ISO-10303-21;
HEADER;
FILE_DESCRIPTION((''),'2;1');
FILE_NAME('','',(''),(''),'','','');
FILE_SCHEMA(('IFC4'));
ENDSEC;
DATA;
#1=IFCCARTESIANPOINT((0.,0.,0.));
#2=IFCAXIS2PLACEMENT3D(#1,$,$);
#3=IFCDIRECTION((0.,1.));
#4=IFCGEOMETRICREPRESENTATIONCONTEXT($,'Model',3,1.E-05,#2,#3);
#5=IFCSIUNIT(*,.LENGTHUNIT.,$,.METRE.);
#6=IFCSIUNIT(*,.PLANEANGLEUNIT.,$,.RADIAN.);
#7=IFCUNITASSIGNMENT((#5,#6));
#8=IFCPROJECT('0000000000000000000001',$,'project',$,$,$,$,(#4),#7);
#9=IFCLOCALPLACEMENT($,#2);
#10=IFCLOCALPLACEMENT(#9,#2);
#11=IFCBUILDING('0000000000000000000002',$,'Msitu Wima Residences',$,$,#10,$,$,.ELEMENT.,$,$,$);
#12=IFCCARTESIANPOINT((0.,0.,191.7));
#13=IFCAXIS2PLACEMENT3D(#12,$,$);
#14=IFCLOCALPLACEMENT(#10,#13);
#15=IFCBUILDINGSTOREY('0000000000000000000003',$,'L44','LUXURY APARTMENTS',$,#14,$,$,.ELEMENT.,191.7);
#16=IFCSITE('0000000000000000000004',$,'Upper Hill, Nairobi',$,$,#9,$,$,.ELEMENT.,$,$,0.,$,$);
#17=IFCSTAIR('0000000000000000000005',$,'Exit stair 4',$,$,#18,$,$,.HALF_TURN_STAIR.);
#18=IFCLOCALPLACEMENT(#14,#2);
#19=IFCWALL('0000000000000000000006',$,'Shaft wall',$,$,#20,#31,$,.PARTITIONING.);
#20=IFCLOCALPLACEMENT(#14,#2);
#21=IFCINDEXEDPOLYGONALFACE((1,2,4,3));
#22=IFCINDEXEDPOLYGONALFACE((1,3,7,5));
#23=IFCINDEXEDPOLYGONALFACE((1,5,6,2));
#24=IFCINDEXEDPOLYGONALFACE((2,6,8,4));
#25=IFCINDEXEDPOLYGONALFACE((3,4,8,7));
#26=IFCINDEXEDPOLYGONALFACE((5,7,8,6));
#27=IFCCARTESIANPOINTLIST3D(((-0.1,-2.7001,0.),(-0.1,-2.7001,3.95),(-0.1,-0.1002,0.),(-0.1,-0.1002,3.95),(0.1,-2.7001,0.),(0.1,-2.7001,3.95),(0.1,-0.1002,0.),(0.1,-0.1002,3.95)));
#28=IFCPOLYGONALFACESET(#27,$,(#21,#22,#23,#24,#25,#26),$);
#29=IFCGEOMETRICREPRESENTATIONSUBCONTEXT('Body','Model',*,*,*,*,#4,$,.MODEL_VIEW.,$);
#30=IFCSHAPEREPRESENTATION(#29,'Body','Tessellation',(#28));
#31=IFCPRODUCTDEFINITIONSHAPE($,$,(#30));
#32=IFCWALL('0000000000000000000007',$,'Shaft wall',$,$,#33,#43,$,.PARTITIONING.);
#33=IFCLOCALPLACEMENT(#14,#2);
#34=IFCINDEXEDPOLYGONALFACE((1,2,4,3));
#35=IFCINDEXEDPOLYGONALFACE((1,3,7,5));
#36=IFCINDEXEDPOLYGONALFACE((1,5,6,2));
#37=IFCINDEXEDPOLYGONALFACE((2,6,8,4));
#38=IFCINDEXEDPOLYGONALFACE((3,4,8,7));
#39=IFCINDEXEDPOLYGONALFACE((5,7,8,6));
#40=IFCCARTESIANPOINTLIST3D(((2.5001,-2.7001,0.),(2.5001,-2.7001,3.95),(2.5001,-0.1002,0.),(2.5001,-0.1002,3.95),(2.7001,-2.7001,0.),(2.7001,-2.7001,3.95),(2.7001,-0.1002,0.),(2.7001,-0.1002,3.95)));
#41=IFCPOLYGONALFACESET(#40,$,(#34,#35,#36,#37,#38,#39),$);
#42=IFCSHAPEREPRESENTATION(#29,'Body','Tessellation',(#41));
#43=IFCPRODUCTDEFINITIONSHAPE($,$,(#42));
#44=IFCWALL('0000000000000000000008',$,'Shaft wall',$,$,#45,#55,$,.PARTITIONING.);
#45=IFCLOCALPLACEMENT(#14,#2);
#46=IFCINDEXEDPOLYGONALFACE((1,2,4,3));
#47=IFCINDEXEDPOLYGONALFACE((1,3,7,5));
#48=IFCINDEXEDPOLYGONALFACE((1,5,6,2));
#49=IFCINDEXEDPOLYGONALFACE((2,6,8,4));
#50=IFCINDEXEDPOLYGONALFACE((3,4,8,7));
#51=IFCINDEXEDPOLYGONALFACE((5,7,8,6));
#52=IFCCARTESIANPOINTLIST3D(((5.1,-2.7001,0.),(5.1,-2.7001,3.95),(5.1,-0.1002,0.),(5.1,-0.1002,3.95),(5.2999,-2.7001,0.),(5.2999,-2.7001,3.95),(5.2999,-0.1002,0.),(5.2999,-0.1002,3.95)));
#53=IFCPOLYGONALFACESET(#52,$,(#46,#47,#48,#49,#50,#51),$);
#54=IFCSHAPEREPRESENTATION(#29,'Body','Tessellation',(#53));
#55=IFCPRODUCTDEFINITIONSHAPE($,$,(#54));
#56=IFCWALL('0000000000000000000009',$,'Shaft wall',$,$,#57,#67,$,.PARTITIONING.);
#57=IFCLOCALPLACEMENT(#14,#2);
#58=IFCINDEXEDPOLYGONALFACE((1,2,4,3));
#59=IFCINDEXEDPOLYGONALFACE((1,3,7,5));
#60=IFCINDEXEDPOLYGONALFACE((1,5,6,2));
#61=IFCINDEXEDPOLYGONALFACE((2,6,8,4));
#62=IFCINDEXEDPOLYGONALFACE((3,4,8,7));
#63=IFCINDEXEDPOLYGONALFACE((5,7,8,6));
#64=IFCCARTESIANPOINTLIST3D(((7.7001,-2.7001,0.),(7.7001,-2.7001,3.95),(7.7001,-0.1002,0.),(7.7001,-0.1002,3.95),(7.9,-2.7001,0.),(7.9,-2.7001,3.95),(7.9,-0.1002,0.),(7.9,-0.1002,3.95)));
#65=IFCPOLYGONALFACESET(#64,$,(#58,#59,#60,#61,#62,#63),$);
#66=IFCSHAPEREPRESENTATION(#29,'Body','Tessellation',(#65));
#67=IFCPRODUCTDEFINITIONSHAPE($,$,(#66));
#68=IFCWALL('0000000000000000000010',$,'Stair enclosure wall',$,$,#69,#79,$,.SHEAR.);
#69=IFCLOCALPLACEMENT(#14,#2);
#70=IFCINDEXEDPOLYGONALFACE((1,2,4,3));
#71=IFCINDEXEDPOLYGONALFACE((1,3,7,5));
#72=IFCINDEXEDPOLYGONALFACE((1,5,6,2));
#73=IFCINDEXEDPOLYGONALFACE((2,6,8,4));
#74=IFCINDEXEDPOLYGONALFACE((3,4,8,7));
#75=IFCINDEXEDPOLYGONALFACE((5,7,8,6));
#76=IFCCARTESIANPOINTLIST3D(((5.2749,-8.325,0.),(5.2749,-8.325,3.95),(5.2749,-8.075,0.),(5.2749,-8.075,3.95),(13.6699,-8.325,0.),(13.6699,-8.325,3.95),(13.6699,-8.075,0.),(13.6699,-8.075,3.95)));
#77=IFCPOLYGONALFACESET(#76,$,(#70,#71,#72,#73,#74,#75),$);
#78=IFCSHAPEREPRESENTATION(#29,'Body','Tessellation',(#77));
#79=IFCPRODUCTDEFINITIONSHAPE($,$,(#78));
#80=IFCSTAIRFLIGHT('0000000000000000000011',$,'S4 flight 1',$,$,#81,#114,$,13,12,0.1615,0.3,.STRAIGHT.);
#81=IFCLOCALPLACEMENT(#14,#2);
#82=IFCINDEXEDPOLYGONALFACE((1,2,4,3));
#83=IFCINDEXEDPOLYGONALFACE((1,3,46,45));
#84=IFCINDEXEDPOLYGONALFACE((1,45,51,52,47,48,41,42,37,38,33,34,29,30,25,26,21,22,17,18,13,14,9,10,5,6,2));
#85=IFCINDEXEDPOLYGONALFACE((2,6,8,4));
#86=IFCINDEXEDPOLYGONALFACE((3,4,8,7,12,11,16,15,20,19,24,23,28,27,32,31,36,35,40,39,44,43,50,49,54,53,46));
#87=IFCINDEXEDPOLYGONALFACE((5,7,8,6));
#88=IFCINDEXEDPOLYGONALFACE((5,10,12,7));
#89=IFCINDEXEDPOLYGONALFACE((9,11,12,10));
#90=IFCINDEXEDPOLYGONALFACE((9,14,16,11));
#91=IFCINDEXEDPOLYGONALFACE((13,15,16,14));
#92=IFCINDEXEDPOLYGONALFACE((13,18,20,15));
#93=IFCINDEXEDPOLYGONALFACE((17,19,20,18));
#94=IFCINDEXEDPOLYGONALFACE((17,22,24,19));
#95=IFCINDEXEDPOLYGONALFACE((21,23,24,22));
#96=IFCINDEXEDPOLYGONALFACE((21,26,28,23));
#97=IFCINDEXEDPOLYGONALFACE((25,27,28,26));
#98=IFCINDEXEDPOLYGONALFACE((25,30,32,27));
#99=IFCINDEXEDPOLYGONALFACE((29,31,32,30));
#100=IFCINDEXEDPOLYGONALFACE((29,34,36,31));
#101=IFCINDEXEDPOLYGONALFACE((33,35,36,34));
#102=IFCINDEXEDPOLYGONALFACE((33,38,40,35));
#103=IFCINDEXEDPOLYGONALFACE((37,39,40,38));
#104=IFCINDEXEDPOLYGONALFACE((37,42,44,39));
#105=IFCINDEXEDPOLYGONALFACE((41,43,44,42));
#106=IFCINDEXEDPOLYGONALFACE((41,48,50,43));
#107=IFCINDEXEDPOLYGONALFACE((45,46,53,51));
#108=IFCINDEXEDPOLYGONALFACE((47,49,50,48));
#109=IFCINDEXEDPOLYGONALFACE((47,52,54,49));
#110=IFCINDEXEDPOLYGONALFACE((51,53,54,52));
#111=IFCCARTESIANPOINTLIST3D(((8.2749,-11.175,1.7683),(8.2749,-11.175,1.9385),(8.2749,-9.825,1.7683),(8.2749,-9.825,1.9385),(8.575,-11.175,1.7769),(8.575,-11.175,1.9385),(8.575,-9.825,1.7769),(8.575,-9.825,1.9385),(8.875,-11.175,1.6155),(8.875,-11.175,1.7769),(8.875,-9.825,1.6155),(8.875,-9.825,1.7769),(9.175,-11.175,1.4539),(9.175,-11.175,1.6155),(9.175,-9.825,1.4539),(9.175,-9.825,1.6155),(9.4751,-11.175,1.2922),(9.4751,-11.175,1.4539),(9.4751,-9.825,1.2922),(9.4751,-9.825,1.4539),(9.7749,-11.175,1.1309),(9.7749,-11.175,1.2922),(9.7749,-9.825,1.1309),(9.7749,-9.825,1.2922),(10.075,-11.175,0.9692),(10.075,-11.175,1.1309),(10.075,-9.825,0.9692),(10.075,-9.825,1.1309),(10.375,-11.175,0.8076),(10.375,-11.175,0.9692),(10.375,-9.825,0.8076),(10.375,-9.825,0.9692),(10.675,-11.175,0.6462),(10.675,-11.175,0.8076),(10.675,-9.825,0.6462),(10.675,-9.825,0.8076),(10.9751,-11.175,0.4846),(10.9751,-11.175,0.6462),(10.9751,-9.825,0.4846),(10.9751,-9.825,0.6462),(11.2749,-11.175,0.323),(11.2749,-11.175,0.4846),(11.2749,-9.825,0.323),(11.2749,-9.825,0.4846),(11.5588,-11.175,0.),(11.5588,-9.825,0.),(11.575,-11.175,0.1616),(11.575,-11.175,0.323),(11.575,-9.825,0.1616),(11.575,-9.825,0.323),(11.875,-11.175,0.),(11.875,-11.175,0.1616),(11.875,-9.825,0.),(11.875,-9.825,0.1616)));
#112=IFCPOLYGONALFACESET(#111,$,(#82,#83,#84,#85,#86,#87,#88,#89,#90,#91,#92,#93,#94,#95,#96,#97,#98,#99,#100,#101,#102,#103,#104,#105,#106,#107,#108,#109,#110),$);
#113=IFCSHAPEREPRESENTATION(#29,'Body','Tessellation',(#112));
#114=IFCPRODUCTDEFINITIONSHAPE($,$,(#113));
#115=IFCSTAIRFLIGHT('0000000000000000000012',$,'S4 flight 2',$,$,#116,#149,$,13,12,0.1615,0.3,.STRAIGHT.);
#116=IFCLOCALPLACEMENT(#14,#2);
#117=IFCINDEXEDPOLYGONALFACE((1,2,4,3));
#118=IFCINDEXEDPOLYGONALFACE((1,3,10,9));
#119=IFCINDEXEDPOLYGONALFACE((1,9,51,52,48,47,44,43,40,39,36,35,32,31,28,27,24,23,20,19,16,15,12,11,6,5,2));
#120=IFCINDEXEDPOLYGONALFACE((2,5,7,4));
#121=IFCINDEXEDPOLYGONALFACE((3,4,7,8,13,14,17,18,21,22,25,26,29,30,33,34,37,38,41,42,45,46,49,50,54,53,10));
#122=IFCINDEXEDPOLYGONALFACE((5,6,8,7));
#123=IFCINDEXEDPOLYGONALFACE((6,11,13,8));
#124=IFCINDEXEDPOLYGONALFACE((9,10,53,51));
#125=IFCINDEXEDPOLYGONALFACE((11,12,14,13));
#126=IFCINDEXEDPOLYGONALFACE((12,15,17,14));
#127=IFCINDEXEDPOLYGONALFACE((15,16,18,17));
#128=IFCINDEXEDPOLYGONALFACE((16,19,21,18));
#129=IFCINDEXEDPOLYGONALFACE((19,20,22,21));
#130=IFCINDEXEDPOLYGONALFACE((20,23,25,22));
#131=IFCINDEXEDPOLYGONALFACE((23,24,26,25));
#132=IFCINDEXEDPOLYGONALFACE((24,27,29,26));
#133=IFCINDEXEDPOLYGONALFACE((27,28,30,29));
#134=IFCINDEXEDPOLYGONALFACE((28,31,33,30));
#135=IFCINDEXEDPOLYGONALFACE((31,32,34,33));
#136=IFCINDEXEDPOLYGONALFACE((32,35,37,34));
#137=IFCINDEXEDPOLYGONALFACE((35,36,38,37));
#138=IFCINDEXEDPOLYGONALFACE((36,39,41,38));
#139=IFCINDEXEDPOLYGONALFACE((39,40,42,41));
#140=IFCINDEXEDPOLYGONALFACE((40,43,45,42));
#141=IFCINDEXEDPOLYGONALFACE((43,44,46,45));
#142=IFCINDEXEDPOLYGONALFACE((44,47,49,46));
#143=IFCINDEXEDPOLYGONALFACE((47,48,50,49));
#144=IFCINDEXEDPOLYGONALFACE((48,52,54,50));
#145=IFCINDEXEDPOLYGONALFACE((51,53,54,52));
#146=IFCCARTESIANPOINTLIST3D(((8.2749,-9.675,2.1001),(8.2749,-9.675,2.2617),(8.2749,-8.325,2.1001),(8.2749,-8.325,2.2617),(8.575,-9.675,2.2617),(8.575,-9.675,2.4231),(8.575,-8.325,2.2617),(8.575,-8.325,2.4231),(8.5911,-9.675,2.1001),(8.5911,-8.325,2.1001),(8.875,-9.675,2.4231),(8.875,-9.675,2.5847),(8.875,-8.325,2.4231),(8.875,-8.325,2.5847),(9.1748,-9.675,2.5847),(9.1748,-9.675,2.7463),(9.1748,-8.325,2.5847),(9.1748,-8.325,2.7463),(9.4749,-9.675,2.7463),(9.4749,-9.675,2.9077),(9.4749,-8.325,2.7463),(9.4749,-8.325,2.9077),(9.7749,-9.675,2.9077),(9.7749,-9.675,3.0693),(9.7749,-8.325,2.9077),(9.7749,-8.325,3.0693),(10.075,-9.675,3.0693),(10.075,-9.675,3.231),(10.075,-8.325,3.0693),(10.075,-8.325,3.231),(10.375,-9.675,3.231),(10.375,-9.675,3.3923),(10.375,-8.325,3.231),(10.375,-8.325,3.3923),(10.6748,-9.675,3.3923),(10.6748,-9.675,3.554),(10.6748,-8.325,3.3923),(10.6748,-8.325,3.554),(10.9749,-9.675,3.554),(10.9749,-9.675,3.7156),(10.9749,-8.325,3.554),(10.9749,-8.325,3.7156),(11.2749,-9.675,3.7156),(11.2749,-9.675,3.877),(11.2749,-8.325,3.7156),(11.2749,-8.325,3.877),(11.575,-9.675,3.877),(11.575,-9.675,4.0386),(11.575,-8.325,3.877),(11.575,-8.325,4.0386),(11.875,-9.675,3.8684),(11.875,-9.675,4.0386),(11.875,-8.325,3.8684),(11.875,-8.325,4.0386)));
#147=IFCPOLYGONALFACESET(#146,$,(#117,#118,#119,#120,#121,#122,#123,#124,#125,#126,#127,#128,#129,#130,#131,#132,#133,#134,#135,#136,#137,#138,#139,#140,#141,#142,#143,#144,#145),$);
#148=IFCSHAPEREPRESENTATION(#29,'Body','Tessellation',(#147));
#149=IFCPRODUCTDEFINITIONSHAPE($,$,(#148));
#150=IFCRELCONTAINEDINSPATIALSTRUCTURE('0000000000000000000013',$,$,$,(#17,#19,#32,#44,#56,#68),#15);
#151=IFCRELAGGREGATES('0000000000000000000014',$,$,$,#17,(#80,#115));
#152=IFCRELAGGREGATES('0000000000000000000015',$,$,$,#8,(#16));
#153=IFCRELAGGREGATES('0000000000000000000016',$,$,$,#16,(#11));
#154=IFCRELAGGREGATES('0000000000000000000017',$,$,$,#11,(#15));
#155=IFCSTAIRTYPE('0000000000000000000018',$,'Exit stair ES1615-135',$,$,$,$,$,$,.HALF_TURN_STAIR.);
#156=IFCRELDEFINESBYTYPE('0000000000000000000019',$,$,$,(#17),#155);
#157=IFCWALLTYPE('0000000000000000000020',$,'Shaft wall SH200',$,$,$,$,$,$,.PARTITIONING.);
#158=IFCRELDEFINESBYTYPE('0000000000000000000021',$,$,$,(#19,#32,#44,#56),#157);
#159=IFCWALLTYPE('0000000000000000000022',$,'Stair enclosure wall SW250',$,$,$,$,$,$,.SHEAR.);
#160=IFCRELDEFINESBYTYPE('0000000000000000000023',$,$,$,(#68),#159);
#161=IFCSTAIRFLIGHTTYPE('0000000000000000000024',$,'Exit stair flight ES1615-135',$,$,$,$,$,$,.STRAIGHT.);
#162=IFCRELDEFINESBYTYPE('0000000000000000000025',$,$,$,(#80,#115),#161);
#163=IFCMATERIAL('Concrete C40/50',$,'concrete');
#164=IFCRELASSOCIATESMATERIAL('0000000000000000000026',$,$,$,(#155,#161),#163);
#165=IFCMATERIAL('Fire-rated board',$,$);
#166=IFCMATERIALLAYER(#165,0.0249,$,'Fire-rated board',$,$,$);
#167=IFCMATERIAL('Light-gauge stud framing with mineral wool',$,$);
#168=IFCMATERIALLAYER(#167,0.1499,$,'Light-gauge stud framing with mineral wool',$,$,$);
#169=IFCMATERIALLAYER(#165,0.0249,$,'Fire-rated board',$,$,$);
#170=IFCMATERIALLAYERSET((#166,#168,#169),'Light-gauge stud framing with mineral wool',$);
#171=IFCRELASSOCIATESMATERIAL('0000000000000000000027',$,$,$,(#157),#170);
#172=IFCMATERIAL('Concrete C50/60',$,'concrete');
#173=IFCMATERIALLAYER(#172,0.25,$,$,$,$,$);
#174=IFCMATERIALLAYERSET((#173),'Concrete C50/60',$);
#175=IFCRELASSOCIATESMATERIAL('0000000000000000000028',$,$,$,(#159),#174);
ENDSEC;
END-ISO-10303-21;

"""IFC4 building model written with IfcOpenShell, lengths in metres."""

from ifc_helpers import new_model, si_unit, direction, frame, frame_2d, origin, place, context, subcontext, project, spatial, polyline, rectangle, outline, extrude, material, layer, layer_set, type_object, element, aggregate, save


model = new_model("IFC4")

# Units and contexts
model_context = context("Model", 3, precision=1e-05, world=origin(), true_north=direction((0.0, 1.0)))
body_context = subcontext(model_context, "Body", "Model", "MODEL_VIEW")
ifc_project = project(units=[si_unit("LENGTHUNIT", "METRE"), si_unit("PLANEANGLEUNIT", "RADIAN")], contexts=[model_context])

# Site, building, storey
site_placement = place(None, origin())
site = spatial("IfcSite", under=ifc_project, at=site_placement, Name="Upper Hill, Nairobi", CompositionType="ELEMENT", RefElevation=0.0)
building_placement = place(site_placement, origin())
building = spatial("IfcBuilding", under=site, at=building_placement, Name="Msitu Wima Residences", CompositionType="ELEMENT")
storey_placement = place(building_placement, frame((0.0, 0.0, 191.7)))
storey = spatial("IfcBuildingStorey", under=building, at=storey_placement, Name="L44", Description="LUXURY APARTMENTS", CompositionType="ELEMENT", Elevation=191.7)

# Shared definitions
ifc_material_1 = material(Name="Concrete C40/50", Category="concrete")

# Stair
stair_type = type_object("IfcStairType", Name="Exit stair ES1615-135", PredefinedType="HALF_TURN_STAIR", material=ifc_material_1)
stair_1_placement = place(storey_placement, origin())
stair_1 = element("IfcStair", 1, at=stair_1_placement, inside=storey, type_object=stair_type, Name="Exit stair 4", PredefinedType="HALF_TURN_STAIR")

# Walls
ifc_material_2 = material(Name="Fire-rated board")
ifc_layer_1 = layer(ifc_material_2, 0.0249, Name="Fire-rated board")
ifc_material_3 = material(Name="Light-gauge stud framing with mineral wool")
ifc_layer_2 = layer(ifc_material_3, 0.1499, Name="Light-gauge stud framing with mineral wool")
ifc_layer_3 = layer(ifc_material_2, 0.0249, Name="Fire-rated board")
ifc_layer_set_1 = layer_set([ifc_layer_1, ifc_layer_2, ifc_layer_3], Name="Light-gauge stud framing with mineral wool")
wall_type_1 = type_object("IfcWallType", Name="Shaft wall SH200", PredefinedType="PARTITIONING", material=ifc_layer_set_1)
for number, where, z_axis, x_axis, name in (
    (2, (0.0, -2.7, 0.0), (0.0, 0.0, 1.0), (0.0, 1.0, 0.0), "Shaft wall"),
    (3, (2.6001, -2.7, 0.0), (0.0, 0.0, 1.0), (0.0, 1.0, 0.0), "Shaft wall"),
    (4, (5.2, -2.7, 0.0), (0.0, 0.0, 1.0), (0.0, 1.0, 0.0), "Shaft wall"),
    (5, (7.8, -2.7, 0.0), (0.0, 0.0, 1.0), (0.0, 1.0, 0.0), "Shaft wall"),
):
    element("IfcWall", number, at=place(storey_placement, frame(where, z_axis=z_axis, x_axis=x_axis)), inside=storey, type_object=wall_type_1, Name=name, PredefinedType="PARTITIONING", context=body_context, shape_type="SweptSolid", body=[
        extrude(rectangle(XDim=2.5999, YDim=0.2, at=frame_2d((1.2998, 0.0))), origin(), (0.0, 0.0, 1.0), 3.95),
    ])
ifc_material_4 = material(Name="Concrete C50/60", Category="concrete")
ifc_layer_4 = layer(ifc_material_4, 0.25)
ifc_layer_set_2 = layer_set([ifc_layer_4], Name="Concrete C50/60")
wall_type_2 = type_object("IfcWallType", Name="Stair enclosure wall SW250", PredefinedType="SHEAR", material=ifc_layer_set_2)
wall_1_placement = place(storey_placement, frame((5.2749, -8.2, 0.0), z_axis=(0.0, 0.0, 1.0), x_axis=(1.0, 0.0, 0.0)))
element("IfcWall", 6, at=wall_1_placement, inside=storey, type_object=wall_type_2, Name="Stair enclosure wall", PredefinedType="SHEAR", context=body_context, shape_type="SweptSolid", body=[
    extrude(rectangle(XDim=8.395, YDim=0.25, at=frame_2d((4.1975, 0.0))), origin(), (0.0, 0.0, 1.0), 3.95),
])

# Stair flights
stair_flight_type = type_object("IfcStairFlightType", Name="Exit stair flight ES1615-135", PredefinedType="STRAIGHT", material=ifc_material_1)
stair_flight_1_placement = place(storey_placement, frame((11.875, -10.5, 0.0), z_axis=(0.0, 0.0, 1.0), x_axis=(-1.0, 0.0, 0.0)))
stair_flight_1 = element("IfcStairFlight", 7, at=stair_flight_1_placement, type_object=stair_flight_type, Name="S4 flight 1", NumberOfRisers=13, NumberOfTreads=12, PredefinedType="STRAIGHT", RiserHeight=0.1615, TreadLength=0.3, context=body_context, shape_type="SweptSolid", body=[
    extrude(outline(polyline([(0.0, 0.0), (0.0, 0.1616), (0.3, 0.1616), (0.3, 0.323), (0.6001, 0.323), (0.6001, 0.4846), (0.8999, 0.4846), (0.8999, 0.6462), (1.2, 0.6462), (1.2, 0.8076), (1.5, 0.8076), (1.5, 0.9692), (1.8, 0.9692), (1.8, 1.1309), (2.1001, 1.1309), (2.1001, 1.2922), (2.3999, 1.2922), (2.3999, 1.4539), (2.7, 1.4539), (2.7, 1.6155), (3.0, 1.6155), (3.0, 1.7769), (3.3, 1.7769), (3.3, 1.9385), (3.6001, 1.9385), (3.6001, 2.1001), (3.6001, 1.7683), (0.3162, 0.0), (0.0, 0.0)])), frame((0.0, 0.675, 0.0), z_axis=(0.0, -1.0, 0.0), x_axis=(1.0, 0.0, 0.0)), (0.0, 0.0, 1.0), 1.3501),
])
stair_flight_2_placement = place(storey_placement, frame((8.2749, -9.0, 2.1001), z_axis=(0.0, 0.0, 1.0), x_axis=(1.0, 0.0, 0.0)))
stair_flight_2 = element("IfcStairFlight", 8, at=stair_flight_2_placement, type_object=stair_flight_type, Name="S4 flight 2", NumberOfRisers=13, NumberOfTreads=12, PredefinedType="STRAIGHT", RiserHeight=0.1615, TreadLength=0.3, context=body_context, shape_type="SweptSolid", body=[
    extrude(outline(polyline([(0.0, 0.0), (0.0, 0.1616), (0.3, 0.1616), (0.3, 0.323), (0.6001, 0.323), (0.6001, 0.4846), (0.8999, 0.4846), (0.8999, 0.6462), (1.2, 0.6462), (1.2, 0.8076), (1.5, 0.8076), (1.5, 0.9692), (1.8, 0.9692), (1.8, 1.1309), (2.1001, 1.1309), (2.1001, 1.2922), (2.3999, 1.2922), (2.3999, 1.4539), (2.7, 1.4539), (2.7, 1.6155), (3.0, 1.6155), (3.0, 1.7769), (3.3, 1.7769), (3.3, 1.9385), (3.6001, 1.9385), (3.6001, 2.1001), (3.6001, 1.7683), (0.3162, 0.0), (0.0, 0.0)])), frame((0.0, 0.675, 0.0), z_axis=(0.0, -1.0, 0.0), x_axis=(1.0, 0.0, 0.0)), (0.0, 0.0, 1.0), 1.3501),
])
aggregate(stair_1, [stair_flight_1, stair_flight_2])

save(model, "model.ifc")
